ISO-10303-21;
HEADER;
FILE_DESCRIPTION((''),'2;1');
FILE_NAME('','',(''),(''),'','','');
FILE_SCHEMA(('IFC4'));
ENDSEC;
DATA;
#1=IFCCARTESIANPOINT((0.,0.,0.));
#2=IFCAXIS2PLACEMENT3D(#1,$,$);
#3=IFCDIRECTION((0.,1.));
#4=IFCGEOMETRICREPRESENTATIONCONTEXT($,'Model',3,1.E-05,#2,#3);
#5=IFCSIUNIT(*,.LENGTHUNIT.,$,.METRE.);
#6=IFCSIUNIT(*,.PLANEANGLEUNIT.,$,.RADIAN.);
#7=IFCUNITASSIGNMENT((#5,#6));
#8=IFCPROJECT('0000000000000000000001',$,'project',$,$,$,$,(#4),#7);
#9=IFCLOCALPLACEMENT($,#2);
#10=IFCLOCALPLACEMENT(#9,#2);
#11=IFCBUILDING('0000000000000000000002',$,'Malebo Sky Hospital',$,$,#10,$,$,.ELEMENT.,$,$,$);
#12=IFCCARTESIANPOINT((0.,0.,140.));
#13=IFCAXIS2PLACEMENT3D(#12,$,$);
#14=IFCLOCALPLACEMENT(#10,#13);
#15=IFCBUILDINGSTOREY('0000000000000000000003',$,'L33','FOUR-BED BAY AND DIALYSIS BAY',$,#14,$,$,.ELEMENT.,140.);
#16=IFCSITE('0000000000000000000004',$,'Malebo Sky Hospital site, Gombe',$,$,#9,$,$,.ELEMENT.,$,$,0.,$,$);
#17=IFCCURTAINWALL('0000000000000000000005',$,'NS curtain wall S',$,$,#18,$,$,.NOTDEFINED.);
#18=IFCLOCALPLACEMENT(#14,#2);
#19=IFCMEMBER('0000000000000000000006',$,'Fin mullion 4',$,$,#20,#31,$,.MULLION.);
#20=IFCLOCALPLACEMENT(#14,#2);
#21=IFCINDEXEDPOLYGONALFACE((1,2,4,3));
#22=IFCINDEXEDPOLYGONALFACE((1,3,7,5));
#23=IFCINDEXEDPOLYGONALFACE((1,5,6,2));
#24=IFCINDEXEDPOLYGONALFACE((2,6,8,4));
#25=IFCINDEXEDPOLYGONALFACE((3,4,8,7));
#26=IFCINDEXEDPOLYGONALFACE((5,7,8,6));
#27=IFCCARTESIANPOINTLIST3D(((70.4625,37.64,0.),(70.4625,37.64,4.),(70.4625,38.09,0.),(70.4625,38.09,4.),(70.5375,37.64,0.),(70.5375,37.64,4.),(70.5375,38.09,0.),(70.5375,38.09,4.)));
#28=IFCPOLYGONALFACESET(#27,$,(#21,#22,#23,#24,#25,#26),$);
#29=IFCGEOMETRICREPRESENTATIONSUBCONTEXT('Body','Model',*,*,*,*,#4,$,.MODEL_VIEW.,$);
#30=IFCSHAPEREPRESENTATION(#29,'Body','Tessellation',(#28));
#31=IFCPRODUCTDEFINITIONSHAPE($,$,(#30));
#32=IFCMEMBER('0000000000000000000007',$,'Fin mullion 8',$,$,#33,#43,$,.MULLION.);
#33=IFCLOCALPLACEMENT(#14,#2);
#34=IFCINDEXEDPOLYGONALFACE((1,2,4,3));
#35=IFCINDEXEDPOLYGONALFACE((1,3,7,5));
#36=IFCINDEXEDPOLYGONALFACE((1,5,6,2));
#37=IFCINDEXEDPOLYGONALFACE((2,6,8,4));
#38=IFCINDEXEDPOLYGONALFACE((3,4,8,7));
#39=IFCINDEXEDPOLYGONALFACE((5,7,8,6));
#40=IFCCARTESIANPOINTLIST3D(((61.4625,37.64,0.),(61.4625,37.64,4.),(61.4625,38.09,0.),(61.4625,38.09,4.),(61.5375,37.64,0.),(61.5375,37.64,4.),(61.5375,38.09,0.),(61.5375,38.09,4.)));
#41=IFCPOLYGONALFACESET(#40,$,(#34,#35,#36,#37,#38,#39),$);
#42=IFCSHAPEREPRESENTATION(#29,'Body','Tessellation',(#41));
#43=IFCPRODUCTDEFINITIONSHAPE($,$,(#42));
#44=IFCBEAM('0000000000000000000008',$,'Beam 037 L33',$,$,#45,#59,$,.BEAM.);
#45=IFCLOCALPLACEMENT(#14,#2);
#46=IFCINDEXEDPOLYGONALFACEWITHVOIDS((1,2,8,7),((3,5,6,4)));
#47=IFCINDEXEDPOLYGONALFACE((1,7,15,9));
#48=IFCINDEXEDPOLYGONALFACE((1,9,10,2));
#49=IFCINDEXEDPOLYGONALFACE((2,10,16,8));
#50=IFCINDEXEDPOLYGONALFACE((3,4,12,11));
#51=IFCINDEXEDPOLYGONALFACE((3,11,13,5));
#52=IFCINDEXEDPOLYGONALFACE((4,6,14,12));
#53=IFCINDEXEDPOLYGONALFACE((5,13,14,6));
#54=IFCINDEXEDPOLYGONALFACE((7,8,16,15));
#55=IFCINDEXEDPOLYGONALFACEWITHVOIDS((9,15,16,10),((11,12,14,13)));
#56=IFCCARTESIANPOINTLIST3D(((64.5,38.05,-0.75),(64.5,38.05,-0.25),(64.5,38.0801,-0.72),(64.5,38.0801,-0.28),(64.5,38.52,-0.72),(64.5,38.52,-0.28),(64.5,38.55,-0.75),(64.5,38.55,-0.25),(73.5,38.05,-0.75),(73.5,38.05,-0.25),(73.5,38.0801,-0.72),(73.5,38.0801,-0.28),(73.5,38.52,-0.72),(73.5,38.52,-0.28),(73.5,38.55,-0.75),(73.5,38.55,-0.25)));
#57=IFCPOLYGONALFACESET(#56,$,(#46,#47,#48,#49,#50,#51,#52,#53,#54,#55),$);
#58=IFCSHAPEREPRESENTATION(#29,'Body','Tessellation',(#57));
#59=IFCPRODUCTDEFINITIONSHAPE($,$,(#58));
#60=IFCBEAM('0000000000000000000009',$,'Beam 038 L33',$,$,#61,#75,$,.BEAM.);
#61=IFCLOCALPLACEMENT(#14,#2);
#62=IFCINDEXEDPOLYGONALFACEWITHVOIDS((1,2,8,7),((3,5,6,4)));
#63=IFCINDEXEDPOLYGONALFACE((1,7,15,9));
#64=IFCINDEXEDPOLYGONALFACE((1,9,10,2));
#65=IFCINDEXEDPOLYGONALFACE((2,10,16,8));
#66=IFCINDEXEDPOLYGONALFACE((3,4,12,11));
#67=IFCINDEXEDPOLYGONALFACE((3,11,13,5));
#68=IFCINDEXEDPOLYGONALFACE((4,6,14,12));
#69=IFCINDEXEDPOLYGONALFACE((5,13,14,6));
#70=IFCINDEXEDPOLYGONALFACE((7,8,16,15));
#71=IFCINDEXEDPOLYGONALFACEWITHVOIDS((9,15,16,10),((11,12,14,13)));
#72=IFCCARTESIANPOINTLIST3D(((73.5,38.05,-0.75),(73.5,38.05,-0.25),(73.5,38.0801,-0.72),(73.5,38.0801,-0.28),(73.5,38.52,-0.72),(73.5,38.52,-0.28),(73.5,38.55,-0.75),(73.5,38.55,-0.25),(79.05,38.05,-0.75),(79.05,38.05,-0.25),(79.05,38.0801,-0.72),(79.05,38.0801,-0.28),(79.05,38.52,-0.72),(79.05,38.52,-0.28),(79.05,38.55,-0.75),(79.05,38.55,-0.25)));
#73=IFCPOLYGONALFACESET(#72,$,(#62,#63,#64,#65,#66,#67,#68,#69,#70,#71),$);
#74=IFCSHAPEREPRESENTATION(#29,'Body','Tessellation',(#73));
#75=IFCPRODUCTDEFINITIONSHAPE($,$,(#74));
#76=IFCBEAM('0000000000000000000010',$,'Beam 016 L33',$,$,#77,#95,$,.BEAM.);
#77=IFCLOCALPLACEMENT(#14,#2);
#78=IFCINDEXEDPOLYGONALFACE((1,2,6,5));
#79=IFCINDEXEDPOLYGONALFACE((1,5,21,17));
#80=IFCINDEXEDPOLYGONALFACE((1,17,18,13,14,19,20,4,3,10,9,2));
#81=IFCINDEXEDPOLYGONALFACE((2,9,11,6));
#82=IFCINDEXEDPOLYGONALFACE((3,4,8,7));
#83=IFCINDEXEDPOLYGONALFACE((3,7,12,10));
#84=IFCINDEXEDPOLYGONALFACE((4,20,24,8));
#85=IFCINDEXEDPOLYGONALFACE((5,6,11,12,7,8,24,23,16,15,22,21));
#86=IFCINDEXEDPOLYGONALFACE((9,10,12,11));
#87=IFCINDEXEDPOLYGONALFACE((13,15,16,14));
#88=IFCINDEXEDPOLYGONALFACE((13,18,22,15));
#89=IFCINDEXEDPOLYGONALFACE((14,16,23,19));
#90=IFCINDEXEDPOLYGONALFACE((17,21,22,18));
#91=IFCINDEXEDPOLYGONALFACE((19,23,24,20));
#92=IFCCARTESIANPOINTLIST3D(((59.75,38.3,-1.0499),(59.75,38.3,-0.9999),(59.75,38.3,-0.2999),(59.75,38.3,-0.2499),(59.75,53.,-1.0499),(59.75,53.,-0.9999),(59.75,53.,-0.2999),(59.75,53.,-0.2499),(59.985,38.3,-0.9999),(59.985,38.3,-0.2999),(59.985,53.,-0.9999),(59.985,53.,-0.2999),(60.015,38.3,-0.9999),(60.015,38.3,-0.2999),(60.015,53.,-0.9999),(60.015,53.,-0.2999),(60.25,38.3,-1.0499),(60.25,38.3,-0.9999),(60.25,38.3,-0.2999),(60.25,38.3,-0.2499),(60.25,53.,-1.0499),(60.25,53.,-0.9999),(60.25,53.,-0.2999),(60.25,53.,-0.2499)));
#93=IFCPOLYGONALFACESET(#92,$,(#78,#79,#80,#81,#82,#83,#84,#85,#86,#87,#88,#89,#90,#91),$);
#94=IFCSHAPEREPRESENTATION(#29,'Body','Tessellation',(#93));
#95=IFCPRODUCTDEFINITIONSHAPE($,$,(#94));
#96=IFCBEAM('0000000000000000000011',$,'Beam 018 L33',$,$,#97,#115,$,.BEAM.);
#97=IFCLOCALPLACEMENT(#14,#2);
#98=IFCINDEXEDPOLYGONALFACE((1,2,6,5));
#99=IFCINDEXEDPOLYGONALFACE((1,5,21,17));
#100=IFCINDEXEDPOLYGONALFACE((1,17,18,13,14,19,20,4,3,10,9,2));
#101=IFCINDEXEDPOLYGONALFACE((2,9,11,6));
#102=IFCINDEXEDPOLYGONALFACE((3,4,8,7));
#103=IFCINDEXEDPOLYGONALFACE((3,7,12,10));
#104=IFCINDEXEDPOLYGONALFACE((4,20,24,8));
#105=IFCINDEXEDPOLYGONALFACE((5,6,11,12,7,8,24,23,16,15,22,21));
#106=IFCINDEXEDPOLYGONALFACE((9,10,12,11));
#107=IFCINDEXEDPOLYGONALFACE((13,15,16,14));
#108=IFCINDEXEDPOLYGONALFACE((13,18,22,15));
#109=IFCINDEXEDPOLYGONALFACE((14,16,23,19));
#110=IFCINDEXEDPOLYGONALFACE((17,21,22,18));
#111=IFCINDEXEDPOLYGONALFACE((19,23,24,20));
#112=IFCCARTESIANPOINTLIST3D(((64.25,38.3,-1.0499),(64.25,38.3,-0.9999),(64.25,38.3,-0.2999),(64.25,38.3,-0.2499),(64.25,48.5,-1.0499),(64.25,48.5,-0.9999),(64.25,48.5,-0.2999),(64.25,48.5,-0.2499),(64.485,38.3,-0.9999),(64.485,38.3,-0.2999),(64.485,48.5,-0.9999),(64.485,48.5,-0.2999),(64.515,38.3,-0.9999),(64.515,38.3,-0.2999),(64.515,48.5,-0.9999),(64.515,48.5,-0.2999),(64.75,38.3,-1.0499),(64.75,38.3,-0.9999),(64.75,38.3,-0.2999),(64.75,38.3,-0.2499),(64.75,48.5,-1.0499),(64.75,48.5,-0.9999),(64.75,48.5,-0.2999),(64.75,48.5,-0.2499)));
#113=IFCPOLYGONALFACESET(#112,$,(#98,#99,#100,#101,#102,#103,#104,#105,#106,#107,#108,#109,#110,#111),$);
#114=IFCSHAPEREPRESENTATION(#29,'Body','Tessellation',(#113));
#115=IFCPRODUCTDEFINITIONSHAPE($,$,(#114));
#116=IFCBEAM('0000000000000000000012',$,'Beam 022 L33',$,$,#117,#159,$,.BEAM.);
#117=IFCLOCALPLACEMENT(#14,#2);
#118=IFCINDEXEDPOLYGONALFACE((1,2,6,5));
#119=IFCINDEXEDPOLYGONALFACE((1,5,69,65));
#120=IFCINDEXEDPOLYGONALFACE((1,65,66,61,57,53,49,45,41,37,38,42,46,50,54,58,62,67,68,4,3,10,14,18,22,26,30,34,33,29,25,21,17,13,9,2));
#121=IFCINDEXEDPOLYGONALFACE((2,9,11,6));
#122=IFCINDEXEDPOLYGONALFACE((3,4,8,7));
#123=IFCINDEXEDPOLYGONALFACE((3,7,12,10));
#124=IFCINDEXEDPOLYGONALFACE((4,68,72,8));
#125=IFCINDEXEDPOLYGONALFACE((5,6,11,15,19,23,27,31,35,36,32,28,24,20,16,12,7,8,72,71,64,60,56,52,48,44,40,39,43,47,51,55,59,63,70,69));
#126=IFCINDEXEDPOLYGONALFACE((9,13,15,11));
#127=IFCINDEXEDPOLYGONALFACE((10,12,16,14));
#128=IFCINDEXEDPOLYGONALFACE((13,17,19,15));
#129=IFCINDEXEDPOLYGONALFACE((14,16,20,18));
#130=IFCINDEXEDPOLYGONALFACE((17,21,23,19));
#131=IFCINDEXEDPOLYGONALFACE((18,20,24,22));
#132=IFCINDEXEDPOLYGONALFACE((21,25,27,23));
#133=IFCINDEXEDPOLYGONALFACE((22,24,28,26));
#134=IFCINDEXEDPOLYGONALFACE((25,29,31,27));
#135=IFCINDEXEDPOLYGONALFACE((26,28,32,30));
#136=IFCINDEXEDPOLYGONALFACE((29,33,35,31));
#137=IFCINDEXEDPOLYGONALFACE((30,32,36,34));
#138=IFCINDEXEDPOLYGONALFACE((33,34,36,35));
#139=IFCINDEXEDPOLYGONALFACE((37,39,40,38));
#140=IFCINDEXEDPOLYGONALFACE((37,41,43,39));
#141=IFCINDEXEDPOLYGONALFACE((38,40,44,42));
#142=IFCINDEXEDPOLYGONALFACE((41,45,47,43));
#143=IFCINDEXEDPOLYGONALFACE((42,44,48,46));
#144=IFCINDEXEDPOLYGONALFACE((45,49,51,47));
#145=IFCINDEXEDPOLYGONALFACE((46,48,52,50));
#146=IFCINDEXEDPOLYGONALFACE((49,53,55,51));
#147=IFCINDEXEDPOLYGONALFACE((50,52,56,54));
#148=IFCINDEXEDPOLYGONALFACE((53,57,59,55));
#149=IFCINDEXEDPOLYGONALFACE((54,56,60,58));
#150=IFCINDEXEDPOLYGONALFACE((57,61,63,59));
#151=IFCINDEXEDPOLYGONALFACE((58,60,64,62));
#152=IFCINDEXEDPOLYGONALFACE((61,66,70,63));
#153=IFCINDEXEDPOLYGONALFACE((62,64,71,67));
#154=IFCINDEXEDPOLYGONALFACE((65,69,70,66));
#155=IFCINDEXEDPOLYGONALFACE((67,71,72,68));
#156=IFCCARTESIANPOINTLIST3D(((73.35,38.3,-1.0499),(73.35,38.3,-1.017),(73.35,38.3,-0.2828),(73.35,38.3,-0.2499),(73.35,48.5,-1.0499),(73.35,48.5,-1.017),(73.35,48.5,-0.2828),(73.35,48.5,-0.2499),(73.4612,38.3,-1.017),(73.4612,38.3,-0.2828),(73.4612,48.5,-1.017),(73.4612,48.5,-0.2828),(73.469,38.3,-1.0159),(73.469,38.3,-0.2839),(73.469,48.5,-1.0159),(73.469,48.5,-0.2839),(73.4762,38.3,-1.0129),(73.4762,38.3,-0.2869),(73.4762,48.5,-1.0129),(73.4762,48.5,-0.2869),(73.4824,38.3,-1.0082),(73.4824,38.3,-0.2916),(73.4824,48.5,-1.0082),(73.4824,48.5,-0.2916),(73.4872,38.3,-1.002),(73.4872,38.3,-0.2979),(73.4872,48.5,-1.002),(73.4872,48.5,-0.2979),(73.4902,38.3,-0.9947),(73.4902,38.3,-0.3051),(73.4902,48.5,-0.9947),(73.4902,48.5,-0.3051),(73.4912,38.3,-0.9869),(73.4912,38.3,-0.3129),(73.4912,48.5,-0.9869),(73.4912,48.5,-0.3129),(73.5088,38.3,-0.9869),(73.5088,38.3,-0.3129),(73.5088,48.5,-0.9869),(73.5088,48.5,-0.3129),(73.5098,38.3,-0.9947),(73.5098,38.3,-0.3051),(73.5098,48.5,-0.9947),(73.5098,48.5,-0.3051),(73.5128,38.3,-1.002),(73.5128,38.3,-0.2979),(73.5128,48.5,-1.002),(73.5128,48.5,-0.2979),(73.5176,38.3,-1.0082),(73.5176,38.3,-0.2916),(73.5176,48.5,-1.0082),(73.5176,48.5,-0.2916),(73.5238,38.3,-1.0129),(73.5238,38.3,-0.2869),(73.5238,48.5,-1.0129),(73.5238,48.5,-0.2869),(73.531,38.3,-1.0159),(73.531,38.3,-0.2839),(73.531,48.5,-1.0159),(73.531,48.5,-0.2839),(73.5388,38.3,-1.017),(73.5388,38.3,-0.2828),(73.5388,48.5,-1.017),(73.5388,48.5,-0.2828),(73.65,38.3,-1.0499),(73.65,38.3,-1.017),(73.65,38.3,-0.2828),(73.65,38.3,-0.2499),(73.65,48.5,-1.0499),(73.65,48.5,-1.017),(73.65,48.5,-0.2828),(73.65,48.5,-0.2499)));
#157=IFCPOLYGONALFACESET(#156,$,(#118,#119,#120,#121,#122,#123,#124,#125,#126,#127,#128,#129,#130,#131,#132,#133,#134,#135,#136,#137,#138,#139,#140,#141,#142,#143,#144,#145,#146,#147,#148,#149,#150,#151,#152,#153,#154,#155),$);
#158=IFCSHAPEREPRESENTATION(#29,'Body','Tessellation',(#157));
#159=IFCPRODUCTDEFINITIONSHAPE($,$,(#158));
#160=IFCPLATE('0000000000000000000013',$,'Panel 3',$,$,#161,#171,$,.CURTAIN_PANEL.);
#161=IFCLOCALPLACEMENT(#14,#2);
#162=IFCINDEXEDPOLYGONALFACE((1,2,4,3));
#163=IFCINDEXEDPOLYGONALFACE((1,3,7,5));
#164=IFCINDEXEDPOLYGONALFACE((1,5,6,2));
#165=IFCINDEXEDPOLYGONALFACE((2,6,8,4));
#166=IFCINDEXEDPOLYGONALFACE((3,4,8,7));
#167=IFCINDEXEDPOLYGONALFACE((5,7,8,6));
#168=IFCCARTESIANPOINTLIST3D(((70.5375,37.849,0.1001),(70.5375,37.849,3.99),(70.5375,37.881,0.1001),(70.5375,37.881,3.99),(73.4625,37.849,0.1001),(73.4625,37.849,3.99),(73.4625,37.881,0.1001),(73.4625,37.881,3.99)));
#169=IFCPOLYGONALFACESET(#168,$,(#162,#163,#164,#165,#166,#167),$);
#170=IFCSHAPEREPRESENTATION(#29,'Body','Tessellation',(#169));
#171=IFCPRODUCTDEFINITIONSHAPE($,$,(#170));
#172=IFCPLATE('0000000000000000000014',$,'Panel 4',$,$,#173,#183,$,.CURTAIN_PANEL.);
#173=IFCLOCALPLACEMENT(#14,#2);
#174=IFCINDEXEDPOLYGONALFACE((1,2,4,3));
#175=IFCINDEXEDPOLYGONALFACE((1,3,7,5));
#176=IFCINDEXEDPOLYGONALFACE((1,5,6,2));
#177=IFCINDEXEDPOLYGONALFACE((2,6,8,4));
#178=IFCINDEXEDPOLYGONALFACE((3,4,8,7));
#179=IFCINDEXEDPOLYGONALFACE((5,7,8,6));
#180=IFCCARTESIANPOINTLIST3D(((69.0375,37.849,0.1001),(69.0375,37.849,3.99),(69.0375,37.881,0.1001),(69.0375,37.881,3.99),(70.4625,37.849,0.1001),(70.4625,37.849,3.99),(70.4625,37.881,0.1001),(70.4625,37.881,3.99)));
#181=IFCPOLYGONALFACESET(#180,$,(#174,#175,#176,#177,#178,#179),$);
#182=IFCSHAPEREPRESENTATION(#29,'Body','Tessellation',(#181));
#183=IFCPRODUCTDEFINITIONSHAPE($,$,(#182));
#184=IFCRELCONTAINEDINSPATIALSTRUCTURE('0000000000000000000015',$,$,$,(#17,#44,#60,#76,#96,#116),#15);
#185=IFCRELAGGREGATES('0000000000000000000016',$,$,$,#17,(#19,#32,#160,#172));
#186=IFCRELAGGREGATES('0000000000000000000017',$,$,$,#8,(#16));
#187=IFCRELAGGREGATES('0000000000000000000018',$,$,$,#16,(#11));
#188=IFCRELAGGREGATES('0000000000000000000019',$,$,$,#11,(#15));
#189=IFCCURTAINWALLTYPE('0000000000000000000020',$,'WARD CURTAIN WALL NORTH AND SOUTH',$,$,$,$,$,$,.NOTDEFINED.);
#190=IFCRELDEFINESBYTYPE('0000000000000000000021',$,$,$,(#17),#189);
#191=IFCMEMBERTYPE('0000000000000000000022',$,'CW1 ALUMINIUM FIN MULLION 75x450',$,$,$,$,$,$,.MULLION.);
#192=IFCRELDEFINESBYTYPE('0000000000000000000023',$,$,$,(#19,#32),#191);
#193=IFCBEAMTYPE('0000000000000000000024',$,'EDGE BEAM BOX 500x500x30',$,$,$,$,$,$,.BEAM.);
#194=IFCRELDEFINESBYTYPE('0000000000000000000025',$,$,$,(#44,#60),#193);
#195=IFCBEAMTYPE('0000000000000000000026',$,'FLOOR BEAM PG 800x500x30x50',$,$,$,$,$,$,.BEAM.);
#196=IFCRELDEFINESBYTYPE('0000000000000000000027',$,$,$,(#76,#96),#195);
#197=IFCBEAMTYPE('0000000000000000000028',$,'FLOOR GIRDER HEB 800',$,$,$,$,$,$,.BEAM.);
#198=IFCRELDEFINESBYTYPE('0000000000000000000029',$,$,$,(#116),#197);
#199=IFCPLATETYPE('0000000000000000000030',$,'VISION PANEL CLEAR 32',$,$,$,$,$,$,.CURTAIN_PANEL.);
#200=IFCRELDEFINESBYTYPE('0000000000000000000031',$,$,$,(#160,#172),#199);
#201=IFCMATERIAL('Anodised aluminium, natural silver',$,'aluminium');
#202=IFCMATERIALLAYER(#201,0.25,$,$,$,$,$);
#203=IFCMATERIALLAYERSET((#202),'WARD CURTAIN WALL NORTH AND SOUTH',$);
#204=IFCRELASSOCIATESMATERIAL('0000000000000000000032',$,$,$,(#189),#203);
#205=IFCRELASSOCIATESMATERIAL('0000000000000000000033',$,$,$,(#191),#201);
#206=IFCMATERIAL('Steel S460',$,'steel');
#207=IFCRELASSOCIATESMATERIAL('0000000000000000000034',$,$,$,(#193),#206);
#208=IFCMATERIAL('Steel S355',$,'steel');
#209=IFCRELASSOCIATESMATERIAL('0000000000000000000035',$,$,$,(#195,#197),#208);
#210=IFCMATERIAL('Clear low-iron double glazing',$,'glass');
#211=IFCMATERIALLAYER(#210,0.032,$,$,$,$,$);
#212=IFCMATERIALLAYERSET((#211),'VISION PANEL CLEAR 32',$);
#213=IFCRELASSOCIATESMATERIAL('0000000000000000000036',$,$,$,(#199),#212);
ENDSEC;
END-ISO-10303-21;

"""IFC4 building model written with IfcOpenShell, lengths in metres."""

from ifc_helpers import new_model, si_unit, direction, frame, origin, origin_2d, place, context, subcontext, project, spatial, rectangle, hollow_rectangle, i_section, extrude, material, layer, layer_set, material_profile, profile_set, type_object, element, aggregate, save


model = new_model("IFC4")

# Units and contexts
model_context = context("Model", 3, precision=1e-05, world=origin(), true_north=direction((0.0, 1.0)))
body_context = subcontext(model_context, "Body", "Model", "MODEL_VIEW")
ifc_project = project(units=[si_unit("LENGTHUNIT", "METRE"), si_unit("PLANEANGLEUNIT", "RADIAN")], contexts=[model_context])

# Site, building, storey
site_placement = place(None, origin())
site = spatial("IfcSite", under=ifc_project, at=site_placement, Name="Malebo Sky Hospital site, Gombe", CompositionType="ELEMENT", RefElevation=0.0)
building_placement = place(site_placement, origin())
building = spatial("IfcBuilding", under=site, at=building_placement, Name="Malebo Sky Hospital", CompositionType="ELEMENT")
storey_placement = place(building_placement, frame((0.0, 0.0, 140.0)))
storey = spatial("IfcBuildingStorey", under=building, at=storey_placement, Name="L33", Description="FOUR-BED BAY AND DIALYSIS BAY", CompositionType="ELEMENT", Elevation=140.0)

# Shared definitions
ifc_material_1 = material(Name="Steel S460", Category="steel")

# Curtain wall, members
ifc_material_2 = material(Name="Anodised aluminium, natural silver", Category="aluminium")
ifc_layer_1 = layer(ifc_material_2, 0.25)
ifc_layer_set_1 = layer_set([ifc_layer_1], Name="WARD CURTAIN WALL NORTH AND SOUTH")
curtain_wall_type = type_object("IfcCurtainWallType", Name="WARD CURTAIN WALL NORTH AND SOUTH", PredefinedType="NOTDEFINED", material=ifc_layer_set_1)
curtain_wall_placement = place(storey_placement, origin())
curtain_wall = element("IfcCurtainWall", 1, at=curtain_wall_placement, inside=storey, type_object=curtain_wall_type, Name="NS curtain wall S", PredefinedType="NOTDEFINED")
ifc_material_profile_1 = material_profile(ifc_material_2, rectangle(XDim=0.075, YDim=0.45, at=origin_2d()), Name="CW1 ALUMINIUM FIN MULLION 75x450")
ifc_profile_set_1 = profile_set([ifc_material_profile_1], Name="Anodised aluminium, natural silver")
member_type_1 = type_object("IfcMemberType", Name="CW1 ALUMINIUM FIN MULLION 75x450", PredefinedType="MULLION", material=ifc_profile_set_1)
member_1_placement = place(storey_placement, frame((70.5, 37.865, 0.0), z_axis=(0.0, 0.0, 1.0), x_axis=(-1.0, 0.0, 0.0)))
member_1 = element("IfcMember", 2, at=member_1_placement, type_object=member_type_1, Name="Fin mullion 4", PredefinedType="MULLION", context=body_context, shape_type="SweptSolid", body=[
    extrude(rectangle(XDim=0.075, YDim=0.45, at=origin_2d()), origin(), (0.0, 0.0, 1.0), 4.0),
])
member_2_placement = place(storey_placement, frame((61.5, 37.865, 0.0), z_axis=(0.0, 0.0, 1.0), x_axis=(-1.0, 0.0, 0.0)))
member_2 = element("IfcMember", 3, at=member_2_placement, type_object=member_type_1, Name="Fin mullion 8", PredefinedType="MULLION", context=body_context, shape_type="SweptSolid", body=[
    extrude(rectangle(XDim=0.075, YDim=0.45, at=origin_2d()), origin(), (0.0, 0.0, 1.0), 4.0),
])

# Beams
ifc_material_profile_2 = material_profile(ifc_material_1, hollow_rectangle(XDim=0.5, YDim=0.5, WallThickness=0.03, at=origin_2d()), Name="BOX 500x500x30")
ifc_profile_set_2 = profile_set([ifc_material_profile_2], Name="Steel S460")
beam_type_1 = type_object("IfcBeamType", Name="EDGE BEAM BOX 500x500x30", PredefinedType="BEAM", material=ifc_profile_set_2)
beam_1_placement = place(storey_placement, frame((64.5, 38.3, -0.5), z_axis=(1.0, 0.0, 0.0), x_axis=(0.0, 1.0, 0.0)))
element("IfcBeam", 4, at=beam_1_placement, inside=storey, type_object=beam_type_1, Name="Beam 037 L33", PredefinedType="BEAM", context=body_context, shape_type="SweptSolid", body=[
    extrude(hollow_rectangle(XDim=0.5, YDim=0.5, WallThickness=0.03, at=origin_2d()), origin(), (0.0, 0.0, 1.0), 9.0),
])
beam_2_placement = place(storey_placement, frame((73.5, 38.3, -0.5), z_axis=(1.0, 0.0, 0.0), x_axis=(0.0, 1.0, 0.0)))
element("IfcBeam", 5, at=beam_2_placement, inside=storey, type_object=beam_type_1, Name="Beam 038 L33", PredefinedType="BEAM", context=body_context, shape_type="SweptSolid", body=[
    extrude(hollow_rectangle(XDim=0.5, YDim=0.5, WallThickness=0.03, at=origin_2d()), origin(), (0.0, 0.0, 1.0), 5.55),
])
ifc_material_3 = material(Name="Steel S355", Category="steel")
ifc_material_profile_3 = material_profile(ifc_material_3, i_section(OverallWidth=0.5, OverallDepth=0.8, WebThickness=0.03, FlangeThickness=0.05, at=origin_2d()), Name="PG 800x500x30x50")
ifc_profile_set_3 = profile_set([ifc_material_profile_3], Name="Steel S355")
beam_type_2 = type_object("IfcBeamType", Name="FLOOR BEAM PG 800x500x30x50", PredefinedType="BEAM", material=ifc_profile_set_3)
beam_3_placement = place(storey_placement, frame((60.0, 38.3, -0.6499), z_axis=(0.0, 1.0, 0.0), x_axis=(-1.0, 0.0, 0.0)))
element("IfcBeam", 6, at=beam_3_placement, inside=storey, type_object=beam_type_2, Name="Beam 016 L33", PredefinedType="BEAM", context=body_context, shape_type="SweptSolid", body=[
    extrude(i_section(OverallWidth=0.5, OverallDepth=0.8, WebThickness=0.03, FlangeThickness=0.05, at=origin_2d()), origin(), (0.0, 0.0, 1.0), 14.7),
])
beam_4_placement = place(storey_placement, frame((64.5, 38.3, -0.6499), z_axis=(0.0, 1.0, 0.0), x_axis=(-1.0, 0.0, 0.0)))
element("IfcBeam", 7, at=beam_4_placement, inside=storey, type_object=beam_type_2, Name="Beam 018 L33", PredefinedType="BEAM", context=body_context, shape_type="SweptSolid", body=[
    extrude(i_section(OverallWidth=0.5, OverallDepth=0.8, WebThickness=0.03, FlangeThickness=0.05, at=origin_2d()), origin(), (0.0, 0.0, 1.0), 10.2),
])
ifc_material_profile_4 = material_profile(ifc_material_3, i_section(OverallWidth=0.3, OverallDepth=0.8, WebThickness=0.0176, FlangeThickness=0.033, FilletRadius=0.03, at=origin_2d()), Name="HEB 800")
ifc_profile_set_4 = profile_set([ifc_material_profile_4], Name="Steel S355")
beam_type_3 = type_object("IfcBeamType", Name="FLOOR GIRDER HEB 800", PredefinedType="BEAM", material=ifc_profile_set_4)
beam_5_placement = place(storey_placement, frame((73.5, 38.3, -0.6499), z_axis=(0.0, 1.0, 0.0), x_axis=(-1.0, 0.0, 0.0)))
element("IfcBeam", 8, at=beam_5_placement, inside=storey, type_object=beam_type_3, Name="Beam 022 L33", PredefinedType="BEAM", context=body_context, shape_type="SweptSolid", body=[
    extrude(i_section(OverallWidth=0.3, OverallDepth=0.8, WebThickness=0.0176, FlangeThickness=0.033, FilletRadius=0.03, at=origin_2d()), origin(), (0.0, 0.0, 1.0), 10.2),
])

# Plates
ifc_material_4 = material(Name="Clear low-iron double glazing", Category="glass")
ifc_layer_2 = layer(ifc_material_4, 0.032)
ifc_layer_set_2 = layer_set([ifc_layer_2], Name="VISION PANEL CLEAR 32")
plate_type = type_object("IfcPlateType", Name="VISION PANEL CLEAR 32", PredefinedType="CURTAIN_PANEL", material=ifc_layer_set_2)
plate_1_placement = place(storey_placement, frame((72.0, 37.865, 0.1001), z_axis=(0.0, 0.0, 1.0), x_axis=(-1.0, 0.0, 0.0)))
plate_1 = element("IfcPlate", 9, at=plate_1_placement, type_object=plate_type, Name="Panel 3", PredefinedType="CURTAIN_PANEL", context=body_context, shape_type="SweptSolid", body=[
    extrude(rectangle(XDim=2.925, YDim=0.032, at=origin_2d()), origin(), (0.0, 0.0, 1.0), 3.8899),
])
plate_2_placement = place(storey_placement, frame((69.75, 37.865, 0.1001), z_axis=(0.0, 0.0, 1.0), x_axis=(-1.0, 0.0, 0.0)))
plate_2 = element("IfcPlate", 10, at=plate_2_placement, type_object=plate_type, Name="Panel 4", PredefinedType="CURTAIN_PANEL", context=body_context, shape_type="SweptSolid", body=[
    extrude(rectangle(XDim=1.425, YDim=0.032, at=origin_2d()), origin(), (0.0, 0.0, 1.0), 3.8899),
])
aggregate(curtain_wall, [member_1, member_2, plate_1, plate_2])

save(model, "model.ifc")
